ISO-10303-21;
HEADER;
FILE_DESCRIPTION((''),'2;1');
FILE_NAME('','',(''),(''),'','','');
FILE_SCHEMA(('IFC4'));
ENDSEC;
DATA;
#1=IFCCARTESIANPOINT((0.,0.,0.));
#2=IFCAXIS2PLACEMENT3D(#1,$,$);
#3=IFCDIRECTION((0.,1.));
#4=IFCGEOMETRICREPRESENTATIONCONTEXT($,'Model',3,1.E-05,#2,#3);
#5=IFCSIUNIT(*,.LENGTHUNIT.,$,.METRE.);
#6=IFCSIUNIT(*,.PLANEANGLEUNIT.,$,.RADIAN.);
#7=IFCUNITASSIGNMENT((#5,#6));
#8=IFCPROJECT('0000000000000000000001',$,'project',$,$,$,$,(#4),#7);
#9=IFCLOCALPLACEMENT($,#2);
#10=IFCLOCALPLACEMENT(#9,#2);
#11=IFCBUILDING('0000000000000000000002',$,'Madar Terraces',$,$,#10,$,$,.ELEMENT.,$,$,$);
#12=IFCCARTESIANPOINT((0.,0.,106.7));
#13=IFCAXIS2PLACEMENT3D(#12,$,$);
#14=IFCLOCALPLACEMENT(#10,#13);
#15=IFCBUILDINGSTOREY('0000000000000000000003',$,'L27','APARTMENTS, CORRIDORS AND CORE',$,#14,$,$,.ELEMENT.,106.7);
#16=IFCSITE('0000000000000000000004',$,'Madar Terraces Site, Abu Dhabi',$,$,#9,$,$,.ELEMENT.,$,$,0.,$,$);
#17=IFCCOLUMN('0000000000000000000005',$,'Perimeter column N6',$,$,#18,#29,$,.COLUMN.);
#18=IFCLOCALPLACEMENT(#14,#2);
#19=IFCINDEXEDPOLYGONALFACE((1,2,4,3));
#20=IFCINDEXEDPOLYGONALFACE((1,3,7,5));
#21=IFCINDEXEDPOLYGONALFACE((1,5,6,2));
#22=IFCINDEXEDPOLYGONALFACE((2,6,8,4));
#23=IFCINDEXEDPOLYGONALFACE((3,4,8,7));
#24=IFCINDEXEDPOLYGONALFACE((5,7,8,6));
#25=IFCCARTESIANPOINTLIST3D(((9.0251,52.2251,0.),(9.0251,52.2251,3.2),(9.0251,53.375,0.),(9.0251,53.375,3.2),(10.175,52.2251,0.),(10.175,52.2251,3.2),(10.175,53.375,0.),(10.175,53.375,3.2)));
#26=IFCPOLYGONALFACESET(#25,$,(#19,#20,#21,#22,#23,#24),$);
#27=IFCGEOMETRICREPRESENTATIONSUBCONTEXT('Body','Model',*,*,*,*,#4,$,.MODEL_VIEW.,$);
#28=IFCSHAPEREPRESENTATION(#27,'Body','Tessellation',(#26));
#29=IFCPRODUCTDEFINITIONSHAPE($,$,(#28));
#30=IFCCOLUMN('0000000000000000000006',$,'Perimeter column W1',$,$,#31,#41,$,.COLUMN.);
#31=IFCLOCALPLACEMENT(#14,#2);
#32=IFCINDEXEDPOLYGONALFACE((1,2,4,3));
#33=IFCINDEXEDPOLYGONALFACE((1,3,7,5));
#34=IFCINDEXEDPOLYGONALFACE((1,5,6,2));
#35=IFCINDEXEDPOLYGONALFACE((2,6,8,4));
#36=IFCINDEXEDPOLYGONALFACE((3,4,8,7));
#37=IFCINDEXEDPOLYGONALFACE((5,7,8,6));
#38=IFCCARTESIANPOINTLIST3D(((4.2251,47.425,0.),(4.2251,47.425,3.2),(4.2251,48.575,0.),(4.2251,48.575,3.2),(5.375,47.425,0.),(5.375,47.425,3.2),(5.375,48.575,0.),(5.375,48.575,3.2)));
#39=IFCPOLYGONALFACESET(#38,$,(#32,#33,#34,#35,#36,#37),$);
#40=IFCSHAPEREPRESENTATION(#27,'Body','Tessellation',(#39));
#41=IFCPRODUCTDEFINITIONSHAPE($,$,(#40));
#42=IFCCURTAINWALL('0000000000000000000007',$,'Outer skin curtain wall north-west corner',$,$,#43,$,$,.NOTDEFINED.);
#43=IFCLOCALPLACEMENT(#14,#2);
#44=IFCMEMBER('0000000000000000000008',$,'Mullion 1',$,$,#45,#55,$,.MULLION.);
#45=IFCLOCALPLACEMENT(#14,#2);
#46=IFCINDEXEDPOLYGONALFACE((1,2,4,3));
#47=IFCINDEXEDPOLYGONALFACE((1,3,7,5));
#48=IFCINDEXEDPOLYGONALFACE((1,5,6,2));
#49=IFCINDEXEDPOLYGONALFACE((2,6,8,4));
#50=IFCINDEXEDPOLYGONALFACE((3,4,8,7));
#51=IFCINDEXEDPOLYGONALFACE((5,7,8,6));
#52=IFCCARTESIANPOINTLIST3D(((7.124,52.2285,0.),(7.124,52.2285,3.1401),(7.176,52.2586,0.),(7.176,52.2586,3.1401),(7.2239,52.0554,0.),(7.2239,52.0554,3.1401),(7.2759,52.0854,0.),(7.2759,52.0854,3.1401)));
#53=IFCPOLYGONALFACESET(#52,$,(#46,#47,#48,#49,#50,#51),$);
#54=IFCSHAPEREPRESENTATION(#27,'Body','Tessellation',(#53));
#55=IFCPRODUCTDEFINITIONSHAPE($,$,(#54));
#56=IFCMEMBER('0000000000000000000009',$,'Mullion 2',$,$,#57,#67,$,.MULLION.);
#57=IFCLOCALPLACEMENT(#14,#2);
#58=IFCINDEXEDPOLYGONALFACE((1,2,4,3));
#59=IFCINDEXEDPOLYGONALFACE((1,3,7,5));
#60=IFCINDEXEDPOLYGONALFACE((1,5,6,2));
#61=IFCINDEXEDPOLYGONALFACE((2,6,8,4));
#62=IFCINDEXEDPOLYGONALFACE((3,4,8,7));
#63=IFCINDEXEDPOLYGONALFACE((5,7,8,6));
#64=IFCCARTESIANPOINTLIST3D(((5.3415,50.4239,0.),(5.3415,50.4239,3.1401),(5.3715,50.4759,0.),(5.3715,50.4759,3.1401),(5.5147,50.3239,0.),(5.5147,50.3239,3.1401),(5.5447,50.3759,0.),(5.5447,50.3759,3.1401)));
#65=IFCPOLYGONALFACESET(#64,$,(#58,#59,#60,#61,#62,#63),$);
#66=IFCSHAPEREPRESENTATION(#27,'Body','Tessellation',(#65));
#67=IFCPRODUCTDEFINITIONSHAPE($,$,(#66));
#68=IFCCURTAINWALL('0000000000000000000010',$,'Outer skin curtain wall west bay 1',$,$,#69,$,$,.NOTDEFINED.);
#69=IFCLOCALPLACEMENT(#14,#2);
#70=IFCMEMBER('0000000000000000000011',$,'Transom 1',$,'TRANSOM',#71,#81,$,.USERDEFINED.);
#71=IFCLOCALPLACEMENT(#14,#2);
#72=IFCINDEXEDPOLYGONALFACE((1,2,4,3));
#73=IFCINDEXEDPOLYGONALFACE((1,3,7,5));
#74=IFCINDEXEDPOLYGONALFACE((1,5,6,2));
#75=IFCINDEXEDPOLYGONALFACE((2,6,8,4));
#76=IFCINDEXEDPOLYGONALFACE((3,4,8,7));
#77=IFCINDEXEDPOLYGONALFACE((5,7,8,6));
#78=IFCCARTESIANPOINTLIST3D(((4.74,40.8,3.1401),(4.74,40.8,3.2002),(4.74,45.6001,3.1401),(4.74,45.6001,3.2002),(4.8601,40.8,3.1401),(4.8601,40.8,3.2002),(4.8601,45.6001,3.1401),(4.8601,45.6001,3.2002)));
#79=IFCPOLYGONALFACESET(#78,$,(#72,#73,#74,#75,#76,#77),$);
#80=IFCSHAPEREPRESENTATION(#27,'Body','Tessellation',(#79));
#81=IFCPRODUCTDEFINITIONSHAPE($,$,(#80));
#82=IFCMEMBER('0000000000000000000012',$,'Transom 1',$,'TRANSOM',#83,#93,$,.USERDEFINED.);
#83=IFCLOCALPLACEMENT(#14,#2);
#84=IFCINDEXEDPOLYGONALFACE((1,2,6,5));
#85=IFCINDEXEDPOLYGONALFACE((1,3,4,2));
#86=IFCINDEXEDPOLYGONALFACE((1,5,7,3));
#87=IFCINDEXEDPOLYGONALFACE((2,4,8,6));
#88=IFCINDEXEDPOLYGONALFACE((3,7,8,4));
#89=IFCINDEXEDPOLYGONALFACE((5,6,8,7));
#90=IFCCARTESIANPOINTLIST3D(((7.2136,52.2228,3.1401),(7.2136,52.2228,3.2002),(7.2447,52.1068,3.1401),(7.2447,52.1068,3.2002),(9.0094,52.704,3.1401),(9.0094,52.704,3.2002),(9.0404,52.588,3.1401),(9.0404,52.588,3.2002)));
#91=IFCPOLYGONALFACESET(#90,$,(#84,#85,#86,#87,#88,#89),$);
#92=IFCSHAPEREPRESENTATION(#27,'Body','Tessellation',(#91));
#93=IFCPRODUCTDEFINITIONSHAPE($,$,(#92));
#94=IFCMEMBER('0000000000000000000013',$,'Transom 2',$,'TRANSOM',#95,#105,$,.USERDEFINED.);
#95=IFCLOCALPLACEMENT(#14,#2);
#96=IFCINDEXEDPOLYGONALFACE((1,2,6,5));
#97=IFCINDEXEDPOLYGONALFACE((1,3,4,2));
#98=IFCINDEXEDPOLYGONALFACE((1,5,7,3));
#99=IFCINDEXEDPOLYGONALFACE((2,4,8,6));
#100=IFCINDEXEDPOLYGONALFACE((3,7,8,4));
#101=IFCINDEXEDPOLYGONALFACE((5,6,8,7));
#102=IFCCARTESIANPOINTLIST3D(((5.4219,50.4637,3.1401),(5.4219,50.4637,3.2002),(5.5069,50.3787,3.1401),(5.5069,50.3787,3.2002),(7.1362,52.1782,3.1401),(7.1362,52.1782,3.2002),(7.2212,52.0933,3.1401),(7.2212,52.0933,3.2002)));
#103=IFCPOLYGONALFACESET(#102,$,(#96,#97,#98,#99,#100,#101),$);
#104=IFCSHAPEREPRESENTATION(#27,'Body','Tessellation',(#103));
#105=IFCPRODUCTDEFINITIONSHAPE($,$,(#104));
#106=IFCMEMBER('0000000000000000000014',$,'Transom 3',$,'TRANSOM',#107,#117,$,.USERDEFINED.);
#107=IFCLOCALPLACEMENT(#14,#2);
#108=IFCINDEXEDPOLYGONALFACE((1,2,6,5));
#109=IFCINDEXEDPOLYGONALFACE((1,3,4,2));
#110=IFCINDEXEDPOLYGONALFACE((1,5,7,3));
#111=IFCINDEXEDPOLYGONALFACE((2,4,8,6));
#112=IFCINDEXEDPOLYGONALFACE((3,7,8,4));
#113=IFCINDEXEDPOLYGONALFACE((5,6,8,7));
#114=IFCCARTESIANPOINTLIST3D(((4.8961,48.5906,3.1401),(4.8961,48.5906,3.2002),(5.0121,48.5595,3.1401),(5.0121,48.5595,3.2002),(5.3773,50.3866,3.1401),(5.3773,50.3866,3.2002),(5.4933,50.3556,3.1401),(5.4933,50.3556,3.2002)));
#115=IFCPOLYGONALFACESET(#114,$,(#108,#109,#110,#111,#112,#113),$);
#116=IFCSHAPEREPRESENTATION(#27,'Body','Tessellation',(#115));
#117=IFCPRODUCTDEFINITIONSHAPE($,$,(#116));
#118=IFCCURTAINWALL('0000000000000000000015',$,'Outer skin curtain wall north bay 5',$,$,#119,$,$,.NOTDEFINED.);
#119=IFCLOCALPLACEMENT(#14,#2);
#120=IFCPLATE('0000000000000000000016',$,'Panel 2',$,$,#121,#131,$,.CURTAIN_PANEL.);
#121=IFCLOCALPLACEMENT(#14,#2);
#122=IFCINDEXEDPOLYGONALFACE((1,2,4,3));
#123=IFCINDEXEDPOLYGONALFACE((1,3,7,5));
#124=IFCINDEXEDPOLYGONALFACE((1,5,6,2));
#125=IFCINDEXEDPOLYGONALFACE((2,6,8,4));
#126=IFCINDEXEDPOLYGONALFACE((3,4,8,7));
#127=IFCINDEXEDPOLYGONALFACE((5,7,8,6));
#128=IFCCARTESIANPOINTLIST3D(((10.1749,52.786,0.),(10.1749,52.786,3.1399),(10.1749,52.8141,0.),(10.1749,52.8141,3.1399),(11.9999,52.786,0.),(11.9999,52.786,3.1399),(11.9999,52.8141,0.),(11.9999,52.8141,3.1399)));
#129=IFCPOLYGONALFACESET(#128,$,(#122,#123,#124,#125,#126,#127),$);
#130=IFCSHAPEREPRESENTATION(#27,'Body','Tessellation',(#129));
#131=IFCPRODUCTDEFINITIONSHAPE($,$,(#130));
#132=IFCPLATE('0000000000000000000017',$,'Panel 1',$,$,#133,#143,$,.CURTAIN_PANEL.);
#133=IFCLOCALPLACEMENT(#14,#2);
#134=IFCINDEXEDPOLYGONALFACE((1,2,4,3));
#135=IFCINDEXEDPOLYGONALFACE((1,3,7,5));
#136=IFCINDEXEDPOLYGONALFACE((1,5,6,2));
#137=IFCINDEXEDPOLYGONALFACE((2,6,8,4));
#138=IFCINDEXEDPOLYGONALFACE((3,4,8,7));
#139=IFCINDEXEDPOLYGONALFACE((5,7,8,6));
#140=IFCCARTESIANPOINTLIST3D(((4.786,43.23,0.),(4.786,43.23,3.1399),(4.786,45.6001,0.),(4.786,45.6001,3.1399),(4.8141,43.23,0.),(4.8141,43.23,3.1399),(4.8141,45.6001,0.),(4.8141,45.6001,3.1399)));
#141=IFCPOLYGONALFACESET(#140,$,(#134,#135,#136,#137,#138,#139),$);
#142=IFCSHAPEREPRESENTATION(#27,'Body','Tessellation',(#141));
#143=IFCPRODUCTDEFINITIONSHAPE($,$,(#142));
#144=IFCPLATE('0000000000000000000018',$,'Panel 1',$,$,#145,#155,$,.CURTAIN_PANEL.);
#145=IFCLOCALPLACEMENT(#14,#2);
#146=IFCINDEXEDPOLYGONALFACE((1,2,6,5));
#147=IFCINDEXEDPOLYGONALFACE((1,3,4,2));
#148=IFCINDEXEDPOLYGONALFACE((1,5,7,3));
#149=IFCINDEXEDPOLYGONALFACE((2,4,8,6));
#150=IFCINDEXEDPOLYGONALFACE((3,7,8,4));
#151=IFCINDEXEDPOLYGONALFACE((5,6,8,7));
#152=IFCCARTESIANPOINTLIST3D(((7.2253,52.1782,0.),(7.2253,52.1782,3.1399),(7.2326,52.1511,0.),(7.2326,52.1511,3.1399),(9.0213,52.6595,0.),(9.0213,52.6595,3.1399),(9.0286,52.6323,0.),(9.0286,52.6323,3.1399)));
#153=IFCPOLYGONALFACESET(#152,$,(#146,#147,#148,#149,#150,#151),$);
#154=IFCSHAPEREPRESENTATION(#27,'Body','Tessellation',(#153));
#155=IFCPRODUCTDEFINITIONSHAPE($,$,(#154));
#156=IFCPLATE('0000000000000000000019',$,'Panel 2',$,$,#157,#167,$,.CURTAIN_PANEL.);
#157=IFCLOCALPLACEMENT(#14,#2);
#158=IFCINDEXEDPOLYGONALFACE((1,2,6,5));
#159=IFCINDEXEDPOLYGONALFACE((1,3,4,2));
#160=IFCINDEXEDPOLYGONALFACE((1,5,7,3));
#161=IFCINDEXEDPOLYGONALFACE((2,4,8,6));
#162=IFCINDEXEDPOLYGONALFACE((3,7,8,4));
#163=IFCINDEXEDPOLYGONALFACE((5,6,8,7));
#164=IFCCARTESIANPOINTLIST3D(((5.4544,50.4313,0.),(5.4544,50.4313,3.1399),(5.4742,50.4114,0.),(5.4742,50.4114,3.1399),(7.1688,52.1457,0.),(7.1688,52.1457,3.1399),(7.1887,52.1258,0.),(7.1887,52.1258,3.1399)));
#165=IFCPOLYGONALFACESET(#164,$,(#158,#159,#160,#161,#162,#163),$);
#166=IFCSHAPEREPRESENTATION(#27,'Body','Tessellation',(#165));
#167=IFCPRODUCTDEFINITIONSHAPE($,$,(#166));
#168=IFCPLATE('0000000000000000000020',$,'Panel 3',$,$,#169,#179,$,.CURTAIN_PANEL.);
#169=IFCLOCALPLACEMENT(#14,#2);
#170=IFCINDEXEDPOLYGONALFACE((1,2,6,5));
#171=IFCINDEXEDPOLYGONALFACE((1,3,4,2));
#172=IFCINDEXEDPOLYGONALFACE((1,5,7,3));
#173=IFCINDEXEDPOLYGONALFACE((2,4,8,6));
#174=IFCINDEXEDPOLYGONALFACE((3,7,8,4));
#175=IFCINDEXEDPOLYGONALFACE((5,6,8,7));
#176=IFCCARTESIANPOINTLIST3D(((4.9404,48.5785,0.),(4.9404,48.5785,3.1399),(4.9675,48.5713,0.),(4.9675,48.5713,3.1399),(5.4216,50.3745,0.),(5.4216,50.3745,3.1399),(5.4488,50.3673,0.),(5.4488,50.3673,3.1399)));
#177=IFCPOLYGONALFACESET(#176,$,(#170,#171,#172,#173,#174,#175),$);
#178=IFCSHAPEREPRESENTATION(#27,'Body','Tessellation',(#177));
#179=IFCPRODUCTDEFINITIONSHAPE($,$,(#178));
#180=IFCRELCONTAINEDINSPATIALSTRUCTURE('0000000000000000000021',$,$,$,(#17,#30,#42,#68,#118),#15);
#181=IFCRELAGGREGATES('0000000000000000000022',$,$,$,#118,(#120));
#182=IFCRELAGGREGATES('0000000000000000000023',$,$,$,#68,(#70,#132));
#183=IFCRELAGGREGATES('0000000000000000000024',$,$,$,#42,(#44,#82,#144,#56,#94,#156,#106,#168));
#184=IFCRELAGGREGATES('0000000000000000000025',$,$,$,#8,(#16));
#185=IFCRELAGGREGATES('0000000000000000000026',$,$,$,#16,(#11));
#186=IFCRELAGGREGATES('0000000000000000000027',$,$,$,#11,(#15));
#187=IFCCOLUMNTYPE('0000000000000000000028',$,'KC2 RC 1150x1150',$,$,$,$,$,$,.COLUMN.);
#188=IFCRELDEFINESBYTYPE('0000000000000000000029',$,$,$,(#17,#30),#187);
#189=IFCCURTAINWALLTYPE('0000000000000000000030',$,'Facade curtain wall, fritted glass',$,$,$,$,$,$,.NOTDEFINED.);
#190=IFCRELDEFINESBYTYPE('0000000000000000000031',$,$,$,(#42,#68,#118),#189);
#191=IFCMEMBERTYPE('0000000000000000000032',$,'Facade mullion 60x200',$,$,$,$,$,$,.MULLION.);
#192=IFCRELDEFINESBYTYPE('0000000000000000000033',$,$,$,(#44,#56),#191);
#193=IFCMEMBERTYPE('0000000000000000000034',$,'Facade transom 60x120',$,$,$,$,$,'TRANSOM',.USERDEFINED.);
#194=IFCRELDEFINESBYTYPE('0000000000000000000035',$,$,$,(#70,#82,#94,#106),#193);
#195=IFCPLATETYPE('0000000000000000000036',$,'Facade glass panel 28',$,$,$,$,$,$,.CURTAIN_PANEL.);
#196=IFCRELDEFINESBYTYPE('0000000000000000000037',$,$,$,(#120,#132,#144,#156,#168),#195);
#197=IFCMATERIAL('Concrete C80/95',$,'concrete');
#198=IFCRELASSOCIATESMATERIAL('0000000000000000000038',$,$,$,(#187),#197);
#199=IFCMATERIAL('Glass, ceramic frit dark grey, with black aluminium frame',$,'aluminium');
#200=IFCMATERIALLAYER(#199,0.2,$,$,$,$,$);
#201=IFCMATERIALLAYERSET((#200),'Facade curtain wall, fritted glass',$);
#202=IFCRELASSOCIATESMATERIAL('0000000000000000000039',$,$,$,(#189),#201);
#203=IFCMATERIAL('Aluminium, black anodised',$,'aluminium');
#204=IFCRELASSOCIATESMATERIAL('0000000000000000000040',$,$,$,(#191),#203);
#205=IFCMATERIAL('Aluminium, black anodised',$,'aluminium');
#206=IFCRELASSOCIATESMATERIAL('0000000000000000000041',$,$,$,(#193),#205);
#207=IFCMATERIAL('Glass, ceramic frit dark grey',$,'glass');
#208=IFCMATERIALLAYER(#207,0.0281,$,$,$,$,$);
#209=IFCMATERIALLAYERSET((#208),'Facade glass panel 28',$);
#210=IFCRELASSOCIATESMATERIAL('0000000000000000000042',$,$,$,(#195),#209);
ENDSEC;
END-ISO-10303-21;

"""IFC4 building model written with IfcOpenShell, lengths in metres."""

from ifc_helpers import new_model, si_unit, direction, frame, origin, origin_2d, place, context, subcontext, project, spatial, rectangle, extrude, material, layer, layer_set, material_profile, profile_set, type_object, element, aggregate, save


model = new_model("IFC4")

# Units and contexts
model_context = context("Model", 3, precision=1e-05, world=origin(), true_north=direction((0.0, 1.0)))
body_context = subcontext(model_context, "Body", "Model", "MODEL_VIEW")
ifc_project = project(units=[si_unit("LENGTHUNIT", "METRE"), si_unit("PLANEANGLEUNIT", "RADIAN")], contexts=[model_context])

# Site, building, storey
site_placement = place(None, origin())
site = spatial("IfcSite", under=ifc_project, at=site_placement, Name="Madar Terraces Site, Abu Dhabi", CompositionType="ELEMENT", RefElevation=0.0)
building_placement = place(site_placement, origin())
building = spatial("IfcBuilding", under=site, at=building_placement, Name="Madar Terraces", CompositionType="ELEMENT")
storey_placement = place(building_placement, frame((0.0, 0.0, 106.7)))
storey = spatial("IfcBuildingStorey", under=building, at=storey_placement, Name="L27", Description="APARTMENTS, CORRIDORS AND CORE", CompositionType="ELEMENT", Elevation=106.7)

# Columns
ifc_material_1 = material(Name="Concrete C80/95", Category="concrete")
ifc_material_profile_1 = material_profile(ifc_material_1, rectangle(XDim=1.1499, YDim=1.1499, at=origin_2d()), Name="KC2 RC 1150x1150")
ifc_profile_set_1 = profile_set([ifc_material_profile_1], Name="Concrete C80/95")
column_type = type_object("IfcColumnType", Name="KC2 RC 1150x1150", PredefinedType="COLUMN", material=ifc_profile_set_1)
for number, where, z_axis, x_axis, name in (
    (1, (9.6001, 52.8, 0.0), (0.0, 0.0, 1.0), (1.0, 0.0, 0.0), "Perimeter column N6"),
    (2, (4.8, 48.0, 0.0), (0.0, 0.0, 1.0), (1.0, 0.0, 0.0), "Perimeter column W1"),
):
    element("IfcColumn", number, at=place(storey_placement, frame(where, z_axis=z_axis, x_axis=x_axis)), inside=storey, type_object=column_type, Name=name, PredefinedType="COLUMN", context=body_context, shape_type="SweptSolid", body=[
        extrude(rectangle(XDim=1.1499, YDim=1.1499, at=origin_2d()), origin(), (0.0, 0.0, 1.0), 3.2),
    ])

# Curtain wall, members
ifc_material_2 = material(Name="Glass, ceramic frit dark grey, with black aluminium frame", Category="aluminium")
ifc_layer_1 = layer(ifc_material_2, 0.2)
ifc_layer_set_1 = layer_set([ifc_layer_1], Name="Facade curtain wall, fritted glass")
curtain_wall_type = type_object("IfcCurtainWallType", Name="Facade curtain wall, fritted glass", PredefinedType="NOTDEFINED", material=ifc_layer_set_1)
curtain_wall_1_placement = place(storey_placement, origin())
curtain_wall_1 = element("IfcCurtainWall", 3, at=curtain_wall_1_placement, inside=storey, type_object=curtain_wall_type, Name="Outer skin curtain wall north-west corner", PredefinedType="NOTDEFINED")
ifc_material_3 = material(Name="Aluminium, black anodised", Category="aluminium")
ifc_material_profile_2 = material_profile(ifc_material_3, rectangle(XDim=0.2, YDim=0.0601, at=origin_2d()), Name="Facade mullion 60x200")
ifc_profile_set_2 = profile_set([ifc_material_profile_2], Name="Aluminium, black anodised")
member_type_1 = type_object("IfcMemberType", Name="Facade mullion 60x200", PredefinedType="MULLION", material=ifc_profile_set_2)
member_1_placement = place(storey_placement, frame((7.2, 52.157, 0.0), z_axis=(0.0, 0.0, 1.0), x_axis=(0.5, -0.866025, 0.0)))
member_1 = element("IfcMember", 4, at=member_1_placement, type_object=member_type_1, Name="Mullion 1", PredefinedType="MULLION", context=body_context, shape_type="SweptSolid", body=[
    extrude(rectangle(XDim=0.2, YDim=0.0601, at=origin_2d()), origin(), (0.0, 0.0, 1.0), 3.1401),
])
member_2_placement = place(storey_placement, frame((5.4431, 50.3999, 0.0), z_axis=(0.0, 0.0, 1.0), x_axis=(0.866025, -0.5, 0.0)))
member_2 = element("IfcMember", 5, at=member_2_placement, type_object=member_type_1, Name="Mullion 2", PredefinedType="MULLION", context=body_context, shape_type="SweptSolid", body=[
    extrude(rectangle(XDim=0.2, YDim=0.0601, at=origin_2d()), origin(), (0.0, 0.0, 1.0), 3.1401),
])

# Curtain wall, member
curtain_wall_2_placement = place(storey_placement, origin())
curtain_wall_2 = element("IfcCurtainWall", 6, at=curtain_wall_2_placement, inside=storey, type_object=curtain_wall_type, Name="Outer skin curtain wall west bay 1", PredefinedType="NOTDEFINED")
ifc_material_4 = material(Name="Aluminium, black anodised", Category="aluminium")
ifc_material_profile_3 = material_profile(ifc_material_4, rectangle(XDim=0.1201, YDim=0.0601, at=origin_2d()), Name="Facade transom 60x120")
ifc_profile_set_3 = profile_set([ifc_material_profile_3], Name="Aluminium, black anodised")
member_type_2 = type_object("IfcMemberType", Name="Facade transom 60x120", ElementType="TRANSOM", PredefinedType="USERDEFINED", material=ifc_profile_set_3)
member_3_placement = place(storey_placement, frame((4.8, 45.6001, 3.1702), z_axis=(0.0, -1.0, 0.0), x_axis=(1.0, 0.0, 0.0)))
member_3 = element("IfcMember", 7, at=member_3_placement, type_object=member_type_2, Name="Transom 1", ObjectType="TRANSOM", PredefinedType="USERDEFINED", context=body_context, shape_type="SweptSolid", body=[
    extrude(rectangle(XDim=0.1201, YDim=0.0601, at=origin_2d()), origin(), (0.0, 0.0, 1.0), 4.8),
])

# Members
member_4_placement = place(storey_placement, frame((9.0249, 52.646, 3.1702), z_axis=(-0.965927, -0.258815, 0.0), x_axis=(0.258815, -0.965927, 0.0)))
member_4 = element("IfcMember", 8, at=member_4_placement, type_object=member_type_2, Name="Transom 1", ObjectType="TRANSOM", PredefinedType="USERDEFINED", context=body_context, shape_type="SweptSolid", body=[
    extrude(rectangle(XDim=0.1201, YDim=0.0601, at=origin_2d()), origin(), (0.0, 0.0, 1.0), 1.8591),
])
member_5_placement = place(storey_placement, frame((7.1787, 52.1357, 3.1702), z_axis=(-0.707056, -0.707157, 0.0), x_axis=(0.707157, -0.707056, 0.0)))
member_5 = element("IfcMember", 9, at=member_5_placement, type_object=member_type_2, Name="Transom 2", ObjectType="TRANSOM", PredefinedType="USERDEFINED", context=body_context, shape_type="SweptSolid", body=[
    extrude(rectangle(XDim=0.1201, YDim=0.0601, at=origin_2d()), origin(), (0.0, 0.0, 1.0), 2.4246),
])
member_6_placement = place(storey_placement, frame((5.4353, 50.3711, 3.1702), z_axis=(-0.258782, -0.965936, 0.0), x_axis=(0.965936, -0.258782, 0.0)))
member_6 = element("IfcMember", 10, at=member_6_placement, type_object=member_type_2, Name="Transom 3", ObjectType="TRANSOM", PredefinedType="USERDEFINED", context=body_context, shape_type="SweptSolid", body=[
    extrude(rectangle(XDim=0.1201, YDim=0.0601, at=origin_2d()), origin(), (0.0, 0.0, 1.0), 1.8594),
])

# Curtain wall, plate
curtain_wall_3_placement = place(storey_placement, origin())
curtain_wall_3 = element("IfcCurtainWall", 11, at=curtain_wall_3_placement, inside=storey, type_object=curtain_wall_type, Name="Outer skin curtain wall north bay 5", PredefinedType="NOTDEFINED")
ifc_material_5 = material(Name="Glass, ceramic frit dark grey", Category="glass")
ifc_layer_2 = layer(ifc_material_5, 0.0281)
ifc_layer_set_2 = layer_set([ifc_layer_2], Name="Facade glass panel 28")
plate_type = type_object("IfcPlateType", Name="Facade glass panel 28", PredefinedType="CURTAIN_PANEL", material=ifc_layer_set_2)
plate_1_placement = place(storey_placement, frame((11.0874, 52.8, 0.0), z_axis=(0.0, 0.0, 1.0), x_axis=(-1.0, 0.0, 0.0)))
plate_1 = element("IfcPlate", 12, at=plate_1_placement, type_object=plate_type, Name="Panel 2", PredefinedType="CURTAIN_PANEL", context=body_context, shape_type="SweptSolid", body=[
    extrude(rectangle(XDim=1.825, YDim=0.0281, at=origin_2d()), origin(), (0.0, 0.0, 1.0), 3.1399),
])
aggregate(curtain_wall_3, [plate_1])

# Plates
plate_2_placement = place(storey_placement, frame((4.8, 44.415, 0.0), z_axis=(0.0, 0.0, 1.0), x_axis=(0.0, -1.0, 0.0)))
plate_2 = element("IfcPlate", 13, at=plate_2_placement, type_object=plate_type, Name="Panel 1", PredefinedType="CURTAIN_PANEL", context=body_context, shape_type="SweptSolid", body=[
    extrude(rectangle(XDim=2.3701, YDim=0.0281, at=origin_2d()), origin(), (0.0, 0.0, 1.0), 3.1399),
])
aggregate(curtain_wall_2, [member_3, plate_2])
plate_3_placement = place(storey_placement, frame((8.127, 52.4053, 0.0), z_axis=(0.0, 0.0, 1.0), x_axis=(-0.965926, -0.258819, 0.0)))
plate_3 = element("IfcPlate", 14, at=plate_3_placement, type_object=plate_type, Name="Panel 1", PredefinedType="CURTAIN_PANEL", context=body_context, shape_type="SweptSolid", body=[
    extrude(rectangle(XDim=1.8594, YDim=0.0281, at=origin_2d()), origin(), (0.0, 0.0, 1.0), 3.1399),
])
plate_4_placement = place(storey_placement, frame((6.3215, 51.2786, 0.0), z_axis=(0.0, 0.0, 1.0), x_axis=(-0.707107, -0.707107, 0.0)))
plate_4 = element("IfcPlate", 15, at=plate_4_placement, type_object=plate_type, Name="Panel 2", PredefinedType="CURTAIN_PANEL", context=body_context, shape_type="SweptSolid", body=[
    extrude(rectangle(XDim=2.4246, YDim=0.0281, at=origin_2d()), origin(), (0.0, 0.0, 1.0), 3.1399),
])
plate_5_placement = place(storey_placement, frame((5.1946, 49.4729, 0.0), z_axis=(0.0, 0.0, 1.0), x_axis=(-0.258819, -0.965926, 0.0)))
plate_5 = element("IfcPlate", 16, at=plate_5_placement, type_object=plate_type, Name="Panel 3", PredefinedType="CURTAIN_PANEL", context=body_context, shape_type="SweptSolid", body=[
    extrude(rectangle(XDim=1.8594, YDim=0.0281, at=origin_2d()), origin(), (0.0, 0.0, 1.0), 3.1399),
])
aggregate(curtain_wall_1, [member_1, member_4, plate_3, member_2, member_5, plate_4, member_6, plate_5])

save(model, "model.ifc")
